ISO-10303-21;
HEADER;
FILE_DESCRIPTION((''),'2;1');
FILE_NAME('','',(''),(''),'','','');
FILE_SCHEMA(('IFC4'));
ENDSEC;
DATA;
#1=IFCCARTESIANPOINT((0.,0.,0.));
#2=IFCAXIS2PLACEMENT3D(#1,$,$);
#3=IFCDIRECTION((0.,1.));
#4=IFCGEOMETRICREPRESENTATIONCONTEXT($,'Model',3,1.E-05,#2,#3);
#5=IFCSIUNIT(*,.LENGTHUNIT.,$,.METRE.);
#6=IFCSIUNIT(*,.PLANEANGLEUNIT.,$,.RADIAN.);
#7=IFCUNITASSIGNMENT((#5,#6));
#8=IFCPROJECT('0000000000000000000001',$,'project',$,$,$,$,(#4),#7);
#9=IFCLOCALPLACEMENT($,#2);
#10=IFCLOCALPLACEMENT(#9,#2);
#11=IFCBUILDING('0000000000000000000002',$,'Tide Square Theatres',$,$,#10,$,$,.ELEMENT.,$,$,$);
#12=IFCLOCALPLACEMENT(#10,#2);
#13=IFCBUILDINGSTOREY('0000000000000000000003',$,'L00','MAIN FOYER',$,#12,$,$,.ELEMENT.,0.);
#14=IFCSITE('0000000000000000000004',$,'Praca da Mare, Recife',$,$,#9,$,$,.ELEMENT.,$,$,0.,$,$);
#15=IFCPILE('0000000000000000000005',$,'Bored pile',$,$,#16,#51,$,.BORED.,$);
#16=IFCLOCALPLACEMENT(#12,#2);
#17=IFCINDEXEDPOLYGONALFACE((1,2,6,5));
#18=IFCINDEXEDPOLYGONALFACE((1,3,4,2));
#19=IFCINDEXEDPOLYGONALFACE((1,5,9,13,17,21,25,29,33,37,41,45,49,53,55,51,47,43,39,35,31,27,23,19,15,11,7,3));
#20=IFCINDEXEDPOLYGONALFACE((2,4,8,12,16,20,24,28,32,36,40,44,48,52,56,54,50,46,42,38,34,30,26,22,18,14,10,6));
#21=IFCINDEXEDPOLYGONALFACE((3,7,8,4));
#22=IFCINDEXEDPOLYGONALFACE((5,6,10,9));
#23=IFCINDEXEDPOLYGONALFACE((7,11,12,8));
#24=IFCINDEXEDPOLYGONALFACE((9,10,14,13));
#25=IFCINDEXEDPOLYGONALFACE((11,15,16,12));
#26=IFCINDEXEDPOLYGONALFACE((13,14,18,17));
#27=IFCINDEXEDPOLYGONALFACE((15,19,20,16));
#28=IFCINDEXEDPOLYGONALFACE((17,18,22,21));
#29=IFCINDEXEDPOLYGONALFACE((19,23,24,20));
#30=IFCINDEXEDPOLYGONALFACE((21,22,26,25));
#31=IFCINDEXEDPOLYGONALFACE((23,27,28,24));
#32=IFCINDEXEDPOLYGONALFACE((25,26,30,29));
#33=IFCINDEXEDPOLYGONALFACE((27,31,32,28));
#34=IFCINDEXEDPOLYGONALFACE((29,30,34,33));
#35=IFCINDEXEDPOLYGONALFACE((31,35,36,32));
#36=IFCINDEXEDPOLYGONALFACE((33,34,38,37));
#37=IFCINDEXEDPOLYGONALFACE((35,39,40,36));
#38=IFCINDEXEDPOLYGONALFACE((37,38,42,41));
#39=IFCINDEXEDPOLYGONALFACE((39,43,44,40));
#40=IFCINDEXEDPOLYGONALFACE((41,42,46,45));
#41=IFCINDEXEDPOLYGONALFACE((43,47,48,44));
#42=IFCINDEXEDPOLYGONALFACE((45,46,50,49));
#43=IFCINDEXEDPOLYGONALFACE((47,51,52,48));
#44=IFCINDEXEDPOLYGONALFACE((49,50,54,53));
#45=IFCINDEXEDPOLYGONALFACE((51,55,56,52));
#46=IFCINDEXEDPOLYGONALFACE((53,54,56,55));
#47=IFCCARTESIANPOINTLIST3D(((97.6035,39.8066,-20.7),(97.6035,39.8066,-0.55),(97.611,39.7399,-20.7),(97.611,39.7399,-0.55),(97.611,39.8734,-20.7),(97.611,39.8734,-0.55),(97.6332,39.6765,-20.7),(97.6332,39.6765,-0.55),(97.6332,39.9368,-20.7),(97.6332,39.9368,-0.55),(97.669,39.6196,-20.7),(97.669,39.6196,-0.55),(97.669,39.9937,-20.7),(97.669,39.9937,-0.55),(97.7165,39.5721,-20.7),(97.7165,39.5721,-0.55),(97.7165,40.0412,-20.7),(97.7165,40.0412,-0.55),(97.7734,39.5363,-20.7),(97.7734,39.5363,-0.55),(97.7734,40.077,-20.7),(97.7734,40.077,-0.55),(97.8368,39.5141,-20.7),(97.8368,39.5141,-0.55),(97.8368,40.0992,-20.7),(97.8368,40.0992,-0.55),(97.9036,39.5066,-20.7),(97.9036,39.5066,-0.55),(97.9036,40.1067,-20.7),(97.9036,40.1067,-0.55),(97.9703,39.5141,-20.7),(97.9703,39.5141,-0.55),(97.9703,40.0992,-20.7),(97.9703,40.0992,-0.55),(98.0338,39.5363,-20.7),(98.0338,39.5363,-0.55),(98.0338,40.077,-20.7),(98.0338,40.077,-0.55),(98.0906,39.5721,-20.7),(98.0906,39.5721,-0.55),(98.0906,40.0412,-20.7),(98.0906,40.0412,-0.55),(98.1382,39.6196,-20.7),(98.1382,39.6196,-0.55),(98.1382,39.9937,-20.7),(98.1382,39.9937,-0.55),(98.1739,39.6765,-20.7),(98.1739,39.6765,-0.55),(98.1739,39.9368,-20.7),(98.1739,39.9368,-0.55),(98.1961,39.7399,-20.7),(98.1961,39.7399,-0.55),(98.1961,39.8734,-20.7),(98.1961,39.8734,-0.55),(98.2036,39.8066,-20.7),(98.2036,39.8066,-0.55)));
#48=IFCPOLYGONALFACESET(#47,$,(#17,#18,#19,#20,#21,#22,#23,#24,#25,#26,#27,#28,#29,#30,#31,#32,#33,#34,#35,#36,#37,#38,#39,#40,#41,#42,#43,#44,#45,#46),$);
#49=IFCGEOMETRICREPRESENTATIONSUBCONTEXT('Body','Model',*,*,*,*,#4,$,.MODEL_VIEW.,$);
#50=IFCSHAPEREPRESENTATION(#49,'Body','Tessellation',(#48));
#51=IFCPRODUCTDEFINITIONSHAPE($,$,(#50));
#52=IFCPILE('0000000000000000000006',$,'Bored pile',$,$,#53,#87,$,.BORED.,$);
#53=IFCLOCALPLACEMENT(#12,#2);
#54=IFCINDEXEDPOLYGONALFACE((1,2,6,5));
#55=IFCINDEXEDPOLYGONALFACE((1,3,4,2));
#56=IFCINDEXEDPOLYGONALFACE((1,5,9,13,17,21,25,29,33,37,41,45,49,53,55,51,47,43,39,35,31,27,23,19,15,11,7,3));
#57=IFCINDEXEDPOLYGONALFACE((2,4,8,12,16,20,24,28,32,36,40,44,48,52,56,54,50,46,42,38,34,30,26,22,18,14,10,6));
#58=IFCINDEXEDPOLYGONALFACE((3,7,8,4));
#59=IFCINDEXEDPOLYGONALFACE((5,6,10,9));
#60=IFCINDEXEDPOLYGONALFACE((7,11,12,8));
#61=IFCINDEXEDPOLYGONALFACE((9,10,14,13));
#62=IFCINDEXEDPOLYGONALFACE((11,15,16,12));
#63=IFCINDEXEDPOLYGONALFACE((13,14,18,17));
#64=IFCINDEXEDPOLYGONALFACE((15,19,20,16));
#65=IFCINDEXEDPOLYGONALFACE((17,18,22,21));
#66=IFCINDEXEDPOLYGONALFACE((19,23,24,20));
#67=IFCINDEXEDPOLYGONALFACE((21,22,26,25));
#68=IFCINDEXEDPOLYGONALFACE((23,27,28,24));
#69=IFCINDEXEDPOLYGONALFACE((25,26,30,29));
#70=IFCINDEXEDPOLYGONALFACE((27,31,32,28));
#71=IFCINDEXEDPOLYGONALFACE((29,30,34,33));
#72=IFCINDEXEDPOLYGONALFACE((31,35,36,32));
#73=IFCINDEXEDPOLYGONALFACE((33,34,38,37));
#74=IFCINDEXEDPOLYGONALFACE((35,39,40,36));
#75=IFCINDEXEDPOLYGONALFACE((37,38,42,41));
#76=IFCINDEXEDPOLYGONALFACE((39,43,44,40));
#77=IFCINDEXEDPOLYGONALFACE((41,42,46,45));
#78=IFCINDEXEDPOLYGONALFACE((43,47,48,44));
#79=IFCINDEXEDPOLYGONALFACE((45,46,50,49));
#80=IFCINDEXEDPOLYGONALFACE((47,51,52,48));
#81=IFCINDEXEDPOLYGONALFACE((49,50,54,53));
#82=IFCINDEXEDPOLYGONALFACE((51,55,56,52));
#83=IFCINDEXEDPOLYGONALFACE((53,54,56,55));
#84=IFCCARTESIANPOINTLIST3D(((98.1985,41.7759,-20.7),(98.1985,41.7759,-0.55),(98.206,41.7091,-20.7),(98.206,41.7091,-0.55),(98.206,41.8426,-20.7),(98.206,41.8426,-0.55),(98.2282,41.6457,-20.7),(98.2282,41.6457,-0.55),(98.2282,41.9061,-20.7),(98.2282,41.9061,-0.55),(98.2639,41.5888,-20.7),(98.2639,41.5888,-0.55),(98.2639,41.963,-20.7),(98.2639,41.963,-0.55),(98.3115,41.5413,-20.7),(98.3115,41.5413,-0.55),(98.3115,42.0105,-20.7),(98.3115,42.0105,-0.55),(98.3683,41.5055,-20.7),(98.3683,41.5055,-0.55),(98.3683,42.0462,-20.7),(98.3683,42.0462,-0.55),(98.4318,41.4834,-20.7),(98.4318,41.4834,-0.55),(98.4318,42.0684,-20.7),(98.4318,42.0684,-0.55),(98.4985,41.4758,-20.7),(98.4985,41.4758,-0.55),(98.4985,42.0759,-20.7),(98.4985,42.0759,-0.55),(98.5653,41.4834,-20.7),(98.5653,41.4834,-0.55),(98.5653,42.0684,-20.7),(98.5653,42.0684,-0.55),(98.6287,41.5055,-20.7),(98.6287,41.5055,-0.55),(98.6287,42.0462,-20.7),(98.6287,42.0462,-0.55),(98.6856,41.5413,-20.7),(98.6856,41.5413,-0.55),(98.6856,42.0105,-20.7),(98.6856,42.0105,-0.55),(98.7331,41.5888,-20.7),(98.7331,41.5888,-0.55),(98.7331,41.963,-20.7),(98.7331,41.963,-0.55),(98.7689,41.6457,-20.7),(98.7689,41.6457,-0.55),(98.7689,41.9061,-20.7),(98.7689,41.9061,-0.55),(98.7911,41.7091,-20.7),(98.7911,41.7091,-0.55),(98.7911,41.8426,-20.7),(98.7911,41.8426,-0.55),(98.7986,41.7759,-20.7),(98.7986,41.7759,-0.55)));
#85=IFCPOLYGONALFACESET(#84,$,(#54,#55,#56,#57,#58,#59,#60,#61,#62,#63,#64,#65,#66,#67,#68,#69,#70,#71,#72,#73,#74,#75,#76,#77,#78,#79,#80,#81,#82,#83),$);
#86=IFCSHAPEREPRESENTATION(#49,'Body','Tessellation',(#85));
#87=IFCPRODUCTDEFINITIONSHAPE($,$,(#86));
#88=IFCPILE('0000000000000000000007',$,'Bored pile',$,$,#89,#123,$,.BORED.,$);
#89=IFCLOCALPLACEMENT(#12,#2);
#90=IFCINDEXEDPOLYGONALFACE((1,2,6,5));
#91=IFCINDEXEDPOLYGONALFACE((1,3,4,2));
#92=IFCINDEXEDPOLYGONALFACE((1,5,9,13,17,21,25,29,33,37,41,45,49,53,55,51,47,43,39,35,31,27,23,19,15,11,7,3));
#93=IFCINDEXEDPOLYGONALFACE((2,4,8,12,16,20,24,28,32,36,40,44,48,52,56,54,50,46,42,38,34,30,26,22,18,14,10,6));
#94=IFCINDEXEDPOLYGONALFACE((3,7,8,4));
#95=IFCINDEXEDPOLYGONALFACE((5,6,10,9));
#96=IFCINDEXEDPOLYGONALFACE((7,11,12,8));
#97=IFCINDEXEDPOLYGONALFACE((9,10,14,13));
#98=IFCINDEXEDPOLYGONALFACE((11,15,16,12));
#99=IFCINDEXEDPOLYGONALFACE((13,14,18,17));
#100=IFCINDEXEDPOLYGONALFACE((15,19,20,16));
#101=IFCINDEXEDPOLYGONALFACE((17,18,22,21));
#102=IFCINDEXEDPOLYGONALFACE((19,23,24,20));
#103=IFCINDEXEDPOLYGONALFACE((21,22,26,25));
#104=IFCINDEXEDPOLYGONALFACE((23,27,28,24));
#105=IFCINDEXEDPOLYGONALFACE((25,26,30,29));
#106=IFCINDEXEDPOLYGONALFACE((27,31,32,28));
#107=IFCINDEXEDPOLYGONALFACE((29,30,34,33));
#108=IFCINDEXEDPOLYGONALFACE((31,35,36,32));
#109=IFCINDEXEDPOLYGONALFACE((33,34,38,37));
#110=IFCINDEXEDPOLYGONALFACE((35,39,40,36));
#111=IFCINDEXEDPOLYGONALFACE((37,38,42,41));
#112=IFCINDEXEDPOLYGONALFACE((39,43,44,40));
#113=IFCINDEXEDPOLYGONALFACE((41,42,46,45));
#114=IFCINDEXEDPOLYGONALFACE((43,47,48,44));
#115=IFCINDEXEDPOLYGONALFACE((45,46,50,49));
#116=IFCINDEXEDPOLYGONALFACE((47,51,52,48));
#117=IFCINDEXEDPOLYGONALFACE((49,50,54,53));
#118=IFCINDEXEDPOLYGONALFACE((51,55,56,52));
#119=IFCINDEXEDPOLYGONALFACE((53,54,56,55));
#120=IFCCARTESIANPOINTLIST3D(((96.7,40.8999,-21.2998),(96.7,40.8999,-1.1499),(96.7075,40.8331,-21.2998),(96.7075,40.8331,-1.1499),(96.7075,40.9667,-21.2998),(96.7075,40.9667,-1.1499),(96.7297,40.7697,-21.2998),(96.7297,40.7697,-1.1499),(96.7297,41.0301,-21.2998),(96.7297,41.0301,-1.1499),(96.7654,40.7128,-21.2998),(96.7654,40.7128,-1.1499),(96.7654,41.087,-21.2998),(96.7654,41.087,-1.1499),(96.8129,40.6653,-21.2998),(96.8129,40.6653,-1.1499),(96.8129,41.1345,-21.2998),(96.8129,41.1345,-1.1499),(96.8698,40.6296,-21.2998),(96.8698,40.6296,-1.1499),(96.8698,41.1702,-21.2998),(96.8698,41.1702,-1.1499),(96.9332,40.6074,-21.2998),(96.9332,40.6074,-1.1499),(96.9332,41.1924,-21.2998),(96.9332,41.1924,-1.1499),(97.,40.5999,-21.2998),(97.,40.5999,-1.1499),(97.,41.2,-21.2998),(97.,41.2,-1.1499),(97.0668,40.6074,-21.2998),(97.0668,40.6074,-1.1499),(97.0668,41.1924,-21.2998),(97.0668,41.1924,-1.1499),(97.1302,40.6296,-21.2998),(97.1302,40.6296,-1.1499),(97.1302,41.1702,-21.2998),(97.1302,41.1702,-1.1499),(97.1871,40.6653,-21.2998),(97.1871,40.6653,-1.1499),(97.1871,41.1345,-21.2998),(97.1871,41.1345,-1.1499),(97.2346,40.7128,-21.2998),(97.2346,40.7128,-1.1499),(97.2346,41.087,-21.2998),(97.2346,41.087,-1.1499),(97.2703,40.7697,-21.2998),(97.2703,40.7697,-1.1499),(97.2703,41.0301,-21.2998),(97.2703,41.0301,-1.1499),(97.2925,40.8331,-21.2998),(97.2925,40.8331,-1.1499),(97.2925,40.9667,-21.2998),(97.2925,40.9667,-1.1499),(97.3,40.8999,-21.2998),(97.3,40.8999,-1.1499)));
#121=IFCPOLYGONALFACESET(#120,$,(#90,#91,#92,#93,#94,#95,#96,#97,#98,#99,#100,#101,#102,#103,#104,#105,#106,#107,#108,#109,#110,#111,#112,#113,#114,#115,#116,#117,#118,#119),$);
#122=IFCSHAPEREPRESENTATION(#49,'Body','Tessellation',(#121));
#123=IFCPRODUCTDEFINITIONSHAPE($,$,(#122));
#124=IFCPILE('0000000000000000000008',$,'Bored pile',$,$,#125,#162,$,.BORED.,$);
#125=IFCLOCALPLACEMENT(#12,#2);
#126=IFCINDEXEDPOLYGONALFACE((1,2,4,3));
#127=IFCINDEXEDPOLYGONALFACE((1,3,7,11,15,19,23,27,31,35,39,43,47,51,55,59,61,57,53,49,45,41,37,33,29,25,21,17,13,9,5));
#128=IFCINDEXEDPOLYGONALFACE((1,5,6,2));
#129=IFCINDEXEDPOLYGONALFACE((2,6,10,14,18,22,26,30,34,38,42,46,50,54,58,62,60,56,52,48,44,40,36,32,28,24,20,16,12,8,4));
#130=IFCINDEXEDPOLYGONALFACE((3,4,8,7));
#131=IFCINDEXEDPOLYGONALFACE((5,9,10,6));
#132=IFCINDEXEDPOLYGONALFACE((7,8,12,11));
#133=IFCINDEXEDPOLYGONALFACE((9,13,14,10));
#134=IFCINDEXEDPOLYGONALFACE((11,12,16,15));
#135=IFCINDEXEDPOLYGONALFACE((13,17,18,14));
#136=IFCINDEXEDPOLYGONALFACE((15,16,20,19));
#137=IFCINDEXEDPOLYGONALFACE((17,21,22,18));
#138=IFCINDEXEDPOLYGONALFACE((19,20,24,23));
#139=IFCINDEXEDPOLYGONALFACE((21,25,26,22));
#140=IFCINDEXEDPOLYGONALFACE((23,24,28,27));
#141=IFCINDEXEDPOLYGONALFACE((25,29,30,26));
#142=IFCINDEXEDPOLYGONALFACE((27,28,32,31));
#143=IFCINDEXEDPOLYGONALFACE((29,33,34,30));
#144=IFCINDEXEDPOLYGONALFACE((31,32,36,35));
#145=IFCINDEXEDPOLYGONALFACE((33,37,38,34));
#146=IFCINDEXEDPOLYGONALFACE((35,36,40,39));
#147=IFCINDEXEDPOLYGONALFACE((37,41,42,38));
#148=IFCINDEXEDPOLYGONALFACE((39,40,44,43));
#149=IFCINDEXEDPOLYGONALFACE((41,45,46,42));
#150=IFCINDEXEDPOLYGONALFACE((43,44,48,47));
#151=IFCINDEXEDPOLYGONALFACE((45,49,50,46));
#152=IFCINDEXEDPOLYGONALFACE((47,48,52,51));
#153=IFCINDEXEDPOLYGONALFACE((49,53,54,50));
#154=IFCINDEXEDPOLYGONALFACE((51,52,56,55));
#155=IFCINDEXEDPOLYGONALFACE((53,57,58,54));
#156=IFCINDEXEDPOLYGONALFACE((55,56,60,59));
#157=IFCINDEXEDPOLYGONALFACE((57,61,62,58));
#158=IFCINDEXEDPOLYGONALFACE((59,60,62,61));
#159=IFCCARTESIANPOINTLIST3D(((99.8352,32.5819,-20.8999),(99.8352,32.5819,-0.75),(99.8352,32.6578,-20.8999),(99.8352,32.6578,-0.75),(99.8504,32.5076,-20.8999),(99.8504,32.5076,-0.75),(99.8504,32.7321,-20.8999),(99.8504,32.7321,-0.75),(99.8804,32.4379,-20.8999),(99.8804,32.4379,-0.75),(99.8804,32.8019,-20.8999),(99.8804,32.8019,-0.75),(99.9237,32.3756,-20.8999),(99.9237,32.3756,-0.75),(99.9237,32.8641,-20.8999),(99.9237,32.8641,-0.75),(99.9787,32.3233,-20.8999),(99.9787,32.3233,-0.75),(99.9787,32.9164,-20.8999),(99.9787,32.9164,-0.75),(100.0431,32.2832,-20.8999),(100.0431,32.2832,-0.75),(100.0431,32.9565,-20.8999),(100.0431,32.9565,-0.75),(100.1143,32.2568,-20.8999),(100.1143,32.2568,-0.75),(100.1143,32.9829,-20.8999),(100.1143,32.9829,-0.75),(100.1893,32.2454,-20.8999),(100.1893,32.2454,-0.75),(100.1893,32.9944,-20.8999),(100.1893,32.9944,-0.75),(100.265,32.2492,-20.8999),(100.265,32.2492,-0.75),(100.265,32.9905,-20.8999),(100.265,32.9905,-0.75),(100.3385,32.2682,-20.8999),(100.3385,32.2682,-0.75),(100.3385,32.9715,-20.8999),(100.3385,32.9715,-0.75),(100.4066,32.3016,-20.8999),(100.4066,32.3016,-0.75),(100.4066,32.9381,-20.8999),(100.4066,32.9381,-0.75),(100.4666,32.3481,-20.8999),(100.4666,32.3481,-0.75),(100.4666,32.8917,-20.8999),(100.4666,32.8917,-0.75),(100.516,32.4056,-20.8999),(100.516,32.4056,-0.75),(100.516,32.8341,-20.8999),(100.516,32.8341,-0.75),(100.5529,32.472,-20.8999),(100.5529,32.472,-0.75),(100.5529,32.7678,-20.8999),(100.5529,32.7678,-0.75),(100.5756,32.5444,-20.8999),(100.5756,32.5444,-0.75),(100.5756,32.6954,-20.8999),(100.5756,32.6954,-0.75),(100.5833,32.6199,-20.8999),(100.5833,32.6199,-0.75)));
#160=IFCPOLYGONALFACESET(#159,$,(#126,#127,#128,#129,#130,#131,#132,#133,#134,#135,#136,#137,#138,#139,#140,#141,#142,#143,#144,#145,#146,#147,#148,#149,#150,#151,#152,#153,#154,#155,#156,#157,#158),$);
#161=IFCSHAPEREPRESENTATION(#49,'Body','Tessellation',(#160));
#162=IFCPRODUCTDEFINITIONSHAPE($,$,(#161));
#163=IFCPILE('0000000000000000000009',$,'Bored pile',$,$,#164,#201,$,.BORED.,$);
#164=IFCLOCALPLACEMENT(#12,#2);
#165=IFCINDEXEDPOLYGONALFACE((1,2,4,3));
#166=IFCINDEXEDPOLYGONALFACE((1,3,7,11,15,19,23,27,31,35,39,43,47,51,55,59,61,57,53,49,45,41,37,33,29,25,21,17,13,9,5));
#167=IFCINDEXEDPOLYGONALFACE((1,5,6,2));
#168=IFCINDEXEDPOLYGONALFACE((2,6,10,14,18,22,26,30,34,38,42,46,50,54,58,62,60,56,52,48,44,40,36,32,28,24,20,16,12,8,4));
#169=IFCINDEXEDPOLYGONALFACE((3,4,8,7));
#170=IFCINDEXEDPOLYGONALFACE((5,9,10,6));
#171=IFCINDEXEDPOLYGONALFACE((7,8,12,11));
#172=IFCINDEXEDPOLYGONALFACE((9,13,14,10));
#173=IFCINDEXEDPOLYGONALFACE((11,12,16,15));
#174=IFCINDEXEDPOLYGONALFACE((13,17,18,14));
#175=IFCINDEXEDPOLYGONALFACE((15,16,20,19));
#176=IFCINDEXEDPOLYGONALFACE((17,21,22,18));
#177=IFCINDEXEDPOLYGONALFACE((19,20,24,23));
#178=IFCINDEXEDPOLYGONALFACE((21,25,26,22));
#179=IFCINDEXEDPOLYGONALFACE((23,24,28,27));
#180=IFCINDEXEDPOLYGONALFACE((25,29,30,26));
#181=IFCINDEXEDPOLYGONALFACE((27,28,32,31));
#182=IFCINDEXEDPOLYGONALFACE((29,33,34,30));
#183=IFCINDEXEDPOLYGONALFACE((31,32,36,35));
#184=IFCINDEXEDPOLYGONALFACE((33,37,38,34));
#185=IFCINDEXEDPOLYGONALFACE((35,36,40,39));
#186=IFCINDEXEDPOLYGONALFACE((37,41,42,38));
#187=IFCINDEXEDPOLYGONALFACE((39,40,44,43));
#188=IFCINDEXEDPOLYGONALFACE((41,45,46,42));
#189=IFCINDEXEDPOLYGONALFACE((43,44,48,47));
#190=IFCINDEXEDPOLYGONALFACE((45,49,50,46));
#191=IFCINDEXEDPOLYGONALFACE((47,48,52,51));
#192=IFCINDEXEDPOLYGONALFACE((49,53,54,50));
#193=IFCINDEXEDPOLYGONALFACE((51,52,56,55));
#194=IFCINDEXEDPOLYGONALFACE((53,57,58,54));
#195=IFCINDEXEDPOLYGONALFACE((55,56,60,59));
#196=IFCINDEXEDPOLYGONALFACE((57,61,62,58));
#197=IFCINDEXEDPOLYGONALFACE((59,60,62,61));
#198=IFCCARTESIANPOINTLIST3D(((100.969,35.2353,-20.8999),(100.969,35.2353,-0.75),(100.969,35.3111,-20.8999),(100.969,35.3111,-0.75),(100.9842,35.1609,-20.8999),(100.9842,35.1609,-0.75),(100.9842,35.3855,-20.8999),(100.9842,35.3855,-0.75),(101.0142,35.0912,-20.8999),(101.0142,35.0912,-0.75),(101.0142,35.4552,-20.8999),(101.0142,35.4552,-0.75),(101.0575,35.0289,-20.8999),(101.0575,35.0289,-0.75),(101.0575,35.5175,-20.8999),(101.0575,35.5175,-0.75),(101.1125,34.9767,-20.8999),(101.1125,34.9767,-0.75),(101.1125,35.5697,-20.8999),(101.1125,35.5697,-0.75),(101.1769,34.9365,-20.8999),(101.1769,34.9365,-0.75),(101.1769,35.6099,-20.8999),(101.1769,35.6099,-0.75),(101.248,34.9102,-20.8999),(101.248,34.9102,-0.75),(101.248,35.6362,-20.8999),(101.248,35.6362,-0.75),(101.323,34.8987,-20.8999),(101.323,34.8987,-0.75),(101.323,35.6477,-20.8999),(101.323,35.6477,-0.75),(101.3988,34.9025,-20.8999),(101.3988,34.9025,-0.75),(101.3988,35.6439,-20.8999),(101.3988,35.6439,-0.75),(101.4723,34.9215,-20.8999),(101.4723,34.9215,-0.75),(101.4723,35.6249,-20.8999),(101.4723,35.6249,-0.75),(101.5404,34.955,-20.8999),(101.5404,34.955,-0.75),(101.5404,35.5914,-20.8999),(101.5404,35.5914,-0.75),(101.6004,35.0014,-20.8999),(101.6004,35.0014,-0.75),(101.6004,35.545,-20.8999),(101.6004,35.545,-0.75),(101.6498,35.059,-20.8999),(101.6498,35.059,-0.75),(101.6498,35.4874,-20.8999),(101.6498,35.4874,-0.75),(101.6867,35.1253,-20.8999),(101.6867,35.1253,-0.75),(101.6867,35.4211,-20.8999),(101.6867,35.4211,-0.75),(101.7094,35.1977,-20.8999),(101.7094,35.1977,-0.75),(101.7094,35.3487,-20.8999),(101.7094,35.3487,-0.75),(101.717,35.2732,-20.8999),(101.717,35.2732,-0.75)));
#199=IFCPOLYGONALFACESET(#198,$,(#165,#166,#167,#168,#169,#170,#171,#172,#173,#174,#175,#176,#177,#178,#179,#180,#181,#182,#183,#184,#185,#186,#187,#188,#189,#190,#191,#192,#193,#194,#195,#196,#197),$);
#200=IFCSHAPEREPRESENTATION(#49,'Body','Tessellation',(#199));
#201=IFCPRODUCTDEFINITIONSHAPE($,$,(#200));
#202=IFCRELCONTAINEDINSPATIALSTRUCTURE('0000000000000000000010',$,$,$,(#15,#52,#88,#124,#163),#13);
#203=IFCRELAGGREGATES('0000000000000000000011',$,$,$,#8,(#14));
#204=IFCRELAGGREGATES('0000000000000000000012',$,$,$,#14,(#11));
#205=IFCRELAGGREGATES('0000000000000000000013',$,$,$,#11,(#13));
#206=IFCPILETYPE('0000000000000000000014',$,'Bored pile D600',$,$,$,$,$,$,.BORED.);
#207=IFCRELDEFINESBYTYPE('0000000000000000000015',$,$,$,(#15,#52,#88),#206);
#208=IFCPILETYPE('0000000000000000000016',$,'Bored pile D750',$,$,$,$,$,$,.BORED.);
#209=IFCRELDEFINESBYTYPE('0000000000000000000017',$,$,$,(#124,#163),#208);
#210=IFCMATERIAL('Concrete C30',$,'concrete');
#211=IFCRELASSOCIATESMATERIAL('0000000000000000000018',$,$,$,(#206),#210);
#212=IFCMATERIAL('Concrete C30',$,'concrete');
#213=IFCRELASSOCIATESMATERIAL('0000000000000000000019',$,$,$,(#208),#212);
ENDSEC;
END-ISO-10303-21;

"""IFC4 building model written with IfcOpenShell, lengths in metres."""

from ifc_helpers import new_model, si_unit, direction, frame, origin, origin_2d, place, context, subcontext, project, spatial, circle, extrude, material, material_profile, profile_set, type_object, element, save


model = new_model("IFC4")

# Units and contexts
model_context = context("Model", 3, precision=1e-05, world=origin(), true_north=direction((0.0, 1.0)))
body_context = subcontext(model_context, "Body", "Model", "MODEL_VIEW")
ifc_project = project(units=[si_unit("LENGTHUNIT", "METRE"), si_unit("PLANEANGLEUNIT", "RADIAN")], contexts=[model_context])

# Site, building, storey
site_placement = place(None, origin())
site = spatial("IfcSite", under=ifc_project, at=site_placement, Name="Praca da Mare, Recife", CompositionType="ELEMENT", RefElevation=0.0)
building_placement = place(site_placement, origin())
building = spatial("IfcBuilding", under=site, at=building_placement, Name="Tide Square Theatres", CompositionType="ELEMENT")
storey_placement = place(building_placement, origin())
storey = spatial("IfcBuildingStorey", under=building, at=storey_placement, Name="L00", Description="MAIN FOYER", CompositionType="ELEMENT", Elevation=0.0)

# Piles
ifc_material_1 = material(Name="Concrete C30", Category="concrete")
ifc_material_profile_1 = material_profile(ifc_material_1, circle(Radius=0.3, at=origin_2d()))
ifc_profile_set_1 = profile_set([ifc_material_profile_1], Name="Concrete C30")
pile_type_1 = type_object("IfcPileType", Name="Bored pile D600", PredefinedType="BORED", material=ifc_profile_set_1)
for number, where, z_axis, x_axis, name in (
    (1, (97.9036, 39.8066, -0.55), (0.0, 0.0, -1.0), (1.0, 0.0, 0.0), "Bored pile"),
    (2, (98.4985, 41.7759, -0.55), (0.0, 0.0, -1.0), (1.0, 0.0, 0.0), "Bored pile"),
    (3, (97.0, 40.8999, -1.1499), (0.0, 0.0, -1.0), (1.0, 0.0, 0.0), "Bored pile"),
):
    element("IfcPile", number, at=place(storey_placement, frame(where, z_axis=z_axis, x_axis=x_axis)), inside=storey, type_object=pile_type_1, Name=name, PredefinedType="BORED", context=body_context, shape_type="SweptSolid", body=[
        extrude(circle(Radius=0.3, at=origin_2d()), origin(), (0.0, 0.0, 1.0), 20.1499),
    ])
ifc_material_2 = material(Name="Concrete C30", Category="concrete")
ifc_material_profile_2 = material_profile(ifc_material_2, circle(Radius=0.375, at=origin_2d()))
ifc_profile_set_2 = profile_set([ifc_material_profile_2], Name="Concrete C30")
pile_type_2 = type_object("IfcPileType", Name="Bored pile D750", PredefinedType="BORED", material=ifc_profile_set_2)
for number, where, z_axis, x_axis, name in (
    (4, (100.2083, 32.6199, -0.75), (0.0, 0.0, -1.0), (1.0, 0.0, 0.0), "Bored pile"),
    (5, (101.342, 35.2732, -0.75), (0.0, 0.0, -1.0), (1.0, 0.0, 0.0), "Bored pile"),
):
    element("IfcPile", number, at=place(storey_placement, frame(where, z_axis=z_axis, x_axis=x_axis)), inside=storey, type_object=pile_type_2, Name=name, PredefinedType="BORED", context=body_context, shape_type="SweptSolid", body=[
        extrude(circle(Radius=0.375, at=origin_2d()), origin(), (0.0, 0.0, 1.0), 20.1499),
    ])

save(model, "model.ifc")
